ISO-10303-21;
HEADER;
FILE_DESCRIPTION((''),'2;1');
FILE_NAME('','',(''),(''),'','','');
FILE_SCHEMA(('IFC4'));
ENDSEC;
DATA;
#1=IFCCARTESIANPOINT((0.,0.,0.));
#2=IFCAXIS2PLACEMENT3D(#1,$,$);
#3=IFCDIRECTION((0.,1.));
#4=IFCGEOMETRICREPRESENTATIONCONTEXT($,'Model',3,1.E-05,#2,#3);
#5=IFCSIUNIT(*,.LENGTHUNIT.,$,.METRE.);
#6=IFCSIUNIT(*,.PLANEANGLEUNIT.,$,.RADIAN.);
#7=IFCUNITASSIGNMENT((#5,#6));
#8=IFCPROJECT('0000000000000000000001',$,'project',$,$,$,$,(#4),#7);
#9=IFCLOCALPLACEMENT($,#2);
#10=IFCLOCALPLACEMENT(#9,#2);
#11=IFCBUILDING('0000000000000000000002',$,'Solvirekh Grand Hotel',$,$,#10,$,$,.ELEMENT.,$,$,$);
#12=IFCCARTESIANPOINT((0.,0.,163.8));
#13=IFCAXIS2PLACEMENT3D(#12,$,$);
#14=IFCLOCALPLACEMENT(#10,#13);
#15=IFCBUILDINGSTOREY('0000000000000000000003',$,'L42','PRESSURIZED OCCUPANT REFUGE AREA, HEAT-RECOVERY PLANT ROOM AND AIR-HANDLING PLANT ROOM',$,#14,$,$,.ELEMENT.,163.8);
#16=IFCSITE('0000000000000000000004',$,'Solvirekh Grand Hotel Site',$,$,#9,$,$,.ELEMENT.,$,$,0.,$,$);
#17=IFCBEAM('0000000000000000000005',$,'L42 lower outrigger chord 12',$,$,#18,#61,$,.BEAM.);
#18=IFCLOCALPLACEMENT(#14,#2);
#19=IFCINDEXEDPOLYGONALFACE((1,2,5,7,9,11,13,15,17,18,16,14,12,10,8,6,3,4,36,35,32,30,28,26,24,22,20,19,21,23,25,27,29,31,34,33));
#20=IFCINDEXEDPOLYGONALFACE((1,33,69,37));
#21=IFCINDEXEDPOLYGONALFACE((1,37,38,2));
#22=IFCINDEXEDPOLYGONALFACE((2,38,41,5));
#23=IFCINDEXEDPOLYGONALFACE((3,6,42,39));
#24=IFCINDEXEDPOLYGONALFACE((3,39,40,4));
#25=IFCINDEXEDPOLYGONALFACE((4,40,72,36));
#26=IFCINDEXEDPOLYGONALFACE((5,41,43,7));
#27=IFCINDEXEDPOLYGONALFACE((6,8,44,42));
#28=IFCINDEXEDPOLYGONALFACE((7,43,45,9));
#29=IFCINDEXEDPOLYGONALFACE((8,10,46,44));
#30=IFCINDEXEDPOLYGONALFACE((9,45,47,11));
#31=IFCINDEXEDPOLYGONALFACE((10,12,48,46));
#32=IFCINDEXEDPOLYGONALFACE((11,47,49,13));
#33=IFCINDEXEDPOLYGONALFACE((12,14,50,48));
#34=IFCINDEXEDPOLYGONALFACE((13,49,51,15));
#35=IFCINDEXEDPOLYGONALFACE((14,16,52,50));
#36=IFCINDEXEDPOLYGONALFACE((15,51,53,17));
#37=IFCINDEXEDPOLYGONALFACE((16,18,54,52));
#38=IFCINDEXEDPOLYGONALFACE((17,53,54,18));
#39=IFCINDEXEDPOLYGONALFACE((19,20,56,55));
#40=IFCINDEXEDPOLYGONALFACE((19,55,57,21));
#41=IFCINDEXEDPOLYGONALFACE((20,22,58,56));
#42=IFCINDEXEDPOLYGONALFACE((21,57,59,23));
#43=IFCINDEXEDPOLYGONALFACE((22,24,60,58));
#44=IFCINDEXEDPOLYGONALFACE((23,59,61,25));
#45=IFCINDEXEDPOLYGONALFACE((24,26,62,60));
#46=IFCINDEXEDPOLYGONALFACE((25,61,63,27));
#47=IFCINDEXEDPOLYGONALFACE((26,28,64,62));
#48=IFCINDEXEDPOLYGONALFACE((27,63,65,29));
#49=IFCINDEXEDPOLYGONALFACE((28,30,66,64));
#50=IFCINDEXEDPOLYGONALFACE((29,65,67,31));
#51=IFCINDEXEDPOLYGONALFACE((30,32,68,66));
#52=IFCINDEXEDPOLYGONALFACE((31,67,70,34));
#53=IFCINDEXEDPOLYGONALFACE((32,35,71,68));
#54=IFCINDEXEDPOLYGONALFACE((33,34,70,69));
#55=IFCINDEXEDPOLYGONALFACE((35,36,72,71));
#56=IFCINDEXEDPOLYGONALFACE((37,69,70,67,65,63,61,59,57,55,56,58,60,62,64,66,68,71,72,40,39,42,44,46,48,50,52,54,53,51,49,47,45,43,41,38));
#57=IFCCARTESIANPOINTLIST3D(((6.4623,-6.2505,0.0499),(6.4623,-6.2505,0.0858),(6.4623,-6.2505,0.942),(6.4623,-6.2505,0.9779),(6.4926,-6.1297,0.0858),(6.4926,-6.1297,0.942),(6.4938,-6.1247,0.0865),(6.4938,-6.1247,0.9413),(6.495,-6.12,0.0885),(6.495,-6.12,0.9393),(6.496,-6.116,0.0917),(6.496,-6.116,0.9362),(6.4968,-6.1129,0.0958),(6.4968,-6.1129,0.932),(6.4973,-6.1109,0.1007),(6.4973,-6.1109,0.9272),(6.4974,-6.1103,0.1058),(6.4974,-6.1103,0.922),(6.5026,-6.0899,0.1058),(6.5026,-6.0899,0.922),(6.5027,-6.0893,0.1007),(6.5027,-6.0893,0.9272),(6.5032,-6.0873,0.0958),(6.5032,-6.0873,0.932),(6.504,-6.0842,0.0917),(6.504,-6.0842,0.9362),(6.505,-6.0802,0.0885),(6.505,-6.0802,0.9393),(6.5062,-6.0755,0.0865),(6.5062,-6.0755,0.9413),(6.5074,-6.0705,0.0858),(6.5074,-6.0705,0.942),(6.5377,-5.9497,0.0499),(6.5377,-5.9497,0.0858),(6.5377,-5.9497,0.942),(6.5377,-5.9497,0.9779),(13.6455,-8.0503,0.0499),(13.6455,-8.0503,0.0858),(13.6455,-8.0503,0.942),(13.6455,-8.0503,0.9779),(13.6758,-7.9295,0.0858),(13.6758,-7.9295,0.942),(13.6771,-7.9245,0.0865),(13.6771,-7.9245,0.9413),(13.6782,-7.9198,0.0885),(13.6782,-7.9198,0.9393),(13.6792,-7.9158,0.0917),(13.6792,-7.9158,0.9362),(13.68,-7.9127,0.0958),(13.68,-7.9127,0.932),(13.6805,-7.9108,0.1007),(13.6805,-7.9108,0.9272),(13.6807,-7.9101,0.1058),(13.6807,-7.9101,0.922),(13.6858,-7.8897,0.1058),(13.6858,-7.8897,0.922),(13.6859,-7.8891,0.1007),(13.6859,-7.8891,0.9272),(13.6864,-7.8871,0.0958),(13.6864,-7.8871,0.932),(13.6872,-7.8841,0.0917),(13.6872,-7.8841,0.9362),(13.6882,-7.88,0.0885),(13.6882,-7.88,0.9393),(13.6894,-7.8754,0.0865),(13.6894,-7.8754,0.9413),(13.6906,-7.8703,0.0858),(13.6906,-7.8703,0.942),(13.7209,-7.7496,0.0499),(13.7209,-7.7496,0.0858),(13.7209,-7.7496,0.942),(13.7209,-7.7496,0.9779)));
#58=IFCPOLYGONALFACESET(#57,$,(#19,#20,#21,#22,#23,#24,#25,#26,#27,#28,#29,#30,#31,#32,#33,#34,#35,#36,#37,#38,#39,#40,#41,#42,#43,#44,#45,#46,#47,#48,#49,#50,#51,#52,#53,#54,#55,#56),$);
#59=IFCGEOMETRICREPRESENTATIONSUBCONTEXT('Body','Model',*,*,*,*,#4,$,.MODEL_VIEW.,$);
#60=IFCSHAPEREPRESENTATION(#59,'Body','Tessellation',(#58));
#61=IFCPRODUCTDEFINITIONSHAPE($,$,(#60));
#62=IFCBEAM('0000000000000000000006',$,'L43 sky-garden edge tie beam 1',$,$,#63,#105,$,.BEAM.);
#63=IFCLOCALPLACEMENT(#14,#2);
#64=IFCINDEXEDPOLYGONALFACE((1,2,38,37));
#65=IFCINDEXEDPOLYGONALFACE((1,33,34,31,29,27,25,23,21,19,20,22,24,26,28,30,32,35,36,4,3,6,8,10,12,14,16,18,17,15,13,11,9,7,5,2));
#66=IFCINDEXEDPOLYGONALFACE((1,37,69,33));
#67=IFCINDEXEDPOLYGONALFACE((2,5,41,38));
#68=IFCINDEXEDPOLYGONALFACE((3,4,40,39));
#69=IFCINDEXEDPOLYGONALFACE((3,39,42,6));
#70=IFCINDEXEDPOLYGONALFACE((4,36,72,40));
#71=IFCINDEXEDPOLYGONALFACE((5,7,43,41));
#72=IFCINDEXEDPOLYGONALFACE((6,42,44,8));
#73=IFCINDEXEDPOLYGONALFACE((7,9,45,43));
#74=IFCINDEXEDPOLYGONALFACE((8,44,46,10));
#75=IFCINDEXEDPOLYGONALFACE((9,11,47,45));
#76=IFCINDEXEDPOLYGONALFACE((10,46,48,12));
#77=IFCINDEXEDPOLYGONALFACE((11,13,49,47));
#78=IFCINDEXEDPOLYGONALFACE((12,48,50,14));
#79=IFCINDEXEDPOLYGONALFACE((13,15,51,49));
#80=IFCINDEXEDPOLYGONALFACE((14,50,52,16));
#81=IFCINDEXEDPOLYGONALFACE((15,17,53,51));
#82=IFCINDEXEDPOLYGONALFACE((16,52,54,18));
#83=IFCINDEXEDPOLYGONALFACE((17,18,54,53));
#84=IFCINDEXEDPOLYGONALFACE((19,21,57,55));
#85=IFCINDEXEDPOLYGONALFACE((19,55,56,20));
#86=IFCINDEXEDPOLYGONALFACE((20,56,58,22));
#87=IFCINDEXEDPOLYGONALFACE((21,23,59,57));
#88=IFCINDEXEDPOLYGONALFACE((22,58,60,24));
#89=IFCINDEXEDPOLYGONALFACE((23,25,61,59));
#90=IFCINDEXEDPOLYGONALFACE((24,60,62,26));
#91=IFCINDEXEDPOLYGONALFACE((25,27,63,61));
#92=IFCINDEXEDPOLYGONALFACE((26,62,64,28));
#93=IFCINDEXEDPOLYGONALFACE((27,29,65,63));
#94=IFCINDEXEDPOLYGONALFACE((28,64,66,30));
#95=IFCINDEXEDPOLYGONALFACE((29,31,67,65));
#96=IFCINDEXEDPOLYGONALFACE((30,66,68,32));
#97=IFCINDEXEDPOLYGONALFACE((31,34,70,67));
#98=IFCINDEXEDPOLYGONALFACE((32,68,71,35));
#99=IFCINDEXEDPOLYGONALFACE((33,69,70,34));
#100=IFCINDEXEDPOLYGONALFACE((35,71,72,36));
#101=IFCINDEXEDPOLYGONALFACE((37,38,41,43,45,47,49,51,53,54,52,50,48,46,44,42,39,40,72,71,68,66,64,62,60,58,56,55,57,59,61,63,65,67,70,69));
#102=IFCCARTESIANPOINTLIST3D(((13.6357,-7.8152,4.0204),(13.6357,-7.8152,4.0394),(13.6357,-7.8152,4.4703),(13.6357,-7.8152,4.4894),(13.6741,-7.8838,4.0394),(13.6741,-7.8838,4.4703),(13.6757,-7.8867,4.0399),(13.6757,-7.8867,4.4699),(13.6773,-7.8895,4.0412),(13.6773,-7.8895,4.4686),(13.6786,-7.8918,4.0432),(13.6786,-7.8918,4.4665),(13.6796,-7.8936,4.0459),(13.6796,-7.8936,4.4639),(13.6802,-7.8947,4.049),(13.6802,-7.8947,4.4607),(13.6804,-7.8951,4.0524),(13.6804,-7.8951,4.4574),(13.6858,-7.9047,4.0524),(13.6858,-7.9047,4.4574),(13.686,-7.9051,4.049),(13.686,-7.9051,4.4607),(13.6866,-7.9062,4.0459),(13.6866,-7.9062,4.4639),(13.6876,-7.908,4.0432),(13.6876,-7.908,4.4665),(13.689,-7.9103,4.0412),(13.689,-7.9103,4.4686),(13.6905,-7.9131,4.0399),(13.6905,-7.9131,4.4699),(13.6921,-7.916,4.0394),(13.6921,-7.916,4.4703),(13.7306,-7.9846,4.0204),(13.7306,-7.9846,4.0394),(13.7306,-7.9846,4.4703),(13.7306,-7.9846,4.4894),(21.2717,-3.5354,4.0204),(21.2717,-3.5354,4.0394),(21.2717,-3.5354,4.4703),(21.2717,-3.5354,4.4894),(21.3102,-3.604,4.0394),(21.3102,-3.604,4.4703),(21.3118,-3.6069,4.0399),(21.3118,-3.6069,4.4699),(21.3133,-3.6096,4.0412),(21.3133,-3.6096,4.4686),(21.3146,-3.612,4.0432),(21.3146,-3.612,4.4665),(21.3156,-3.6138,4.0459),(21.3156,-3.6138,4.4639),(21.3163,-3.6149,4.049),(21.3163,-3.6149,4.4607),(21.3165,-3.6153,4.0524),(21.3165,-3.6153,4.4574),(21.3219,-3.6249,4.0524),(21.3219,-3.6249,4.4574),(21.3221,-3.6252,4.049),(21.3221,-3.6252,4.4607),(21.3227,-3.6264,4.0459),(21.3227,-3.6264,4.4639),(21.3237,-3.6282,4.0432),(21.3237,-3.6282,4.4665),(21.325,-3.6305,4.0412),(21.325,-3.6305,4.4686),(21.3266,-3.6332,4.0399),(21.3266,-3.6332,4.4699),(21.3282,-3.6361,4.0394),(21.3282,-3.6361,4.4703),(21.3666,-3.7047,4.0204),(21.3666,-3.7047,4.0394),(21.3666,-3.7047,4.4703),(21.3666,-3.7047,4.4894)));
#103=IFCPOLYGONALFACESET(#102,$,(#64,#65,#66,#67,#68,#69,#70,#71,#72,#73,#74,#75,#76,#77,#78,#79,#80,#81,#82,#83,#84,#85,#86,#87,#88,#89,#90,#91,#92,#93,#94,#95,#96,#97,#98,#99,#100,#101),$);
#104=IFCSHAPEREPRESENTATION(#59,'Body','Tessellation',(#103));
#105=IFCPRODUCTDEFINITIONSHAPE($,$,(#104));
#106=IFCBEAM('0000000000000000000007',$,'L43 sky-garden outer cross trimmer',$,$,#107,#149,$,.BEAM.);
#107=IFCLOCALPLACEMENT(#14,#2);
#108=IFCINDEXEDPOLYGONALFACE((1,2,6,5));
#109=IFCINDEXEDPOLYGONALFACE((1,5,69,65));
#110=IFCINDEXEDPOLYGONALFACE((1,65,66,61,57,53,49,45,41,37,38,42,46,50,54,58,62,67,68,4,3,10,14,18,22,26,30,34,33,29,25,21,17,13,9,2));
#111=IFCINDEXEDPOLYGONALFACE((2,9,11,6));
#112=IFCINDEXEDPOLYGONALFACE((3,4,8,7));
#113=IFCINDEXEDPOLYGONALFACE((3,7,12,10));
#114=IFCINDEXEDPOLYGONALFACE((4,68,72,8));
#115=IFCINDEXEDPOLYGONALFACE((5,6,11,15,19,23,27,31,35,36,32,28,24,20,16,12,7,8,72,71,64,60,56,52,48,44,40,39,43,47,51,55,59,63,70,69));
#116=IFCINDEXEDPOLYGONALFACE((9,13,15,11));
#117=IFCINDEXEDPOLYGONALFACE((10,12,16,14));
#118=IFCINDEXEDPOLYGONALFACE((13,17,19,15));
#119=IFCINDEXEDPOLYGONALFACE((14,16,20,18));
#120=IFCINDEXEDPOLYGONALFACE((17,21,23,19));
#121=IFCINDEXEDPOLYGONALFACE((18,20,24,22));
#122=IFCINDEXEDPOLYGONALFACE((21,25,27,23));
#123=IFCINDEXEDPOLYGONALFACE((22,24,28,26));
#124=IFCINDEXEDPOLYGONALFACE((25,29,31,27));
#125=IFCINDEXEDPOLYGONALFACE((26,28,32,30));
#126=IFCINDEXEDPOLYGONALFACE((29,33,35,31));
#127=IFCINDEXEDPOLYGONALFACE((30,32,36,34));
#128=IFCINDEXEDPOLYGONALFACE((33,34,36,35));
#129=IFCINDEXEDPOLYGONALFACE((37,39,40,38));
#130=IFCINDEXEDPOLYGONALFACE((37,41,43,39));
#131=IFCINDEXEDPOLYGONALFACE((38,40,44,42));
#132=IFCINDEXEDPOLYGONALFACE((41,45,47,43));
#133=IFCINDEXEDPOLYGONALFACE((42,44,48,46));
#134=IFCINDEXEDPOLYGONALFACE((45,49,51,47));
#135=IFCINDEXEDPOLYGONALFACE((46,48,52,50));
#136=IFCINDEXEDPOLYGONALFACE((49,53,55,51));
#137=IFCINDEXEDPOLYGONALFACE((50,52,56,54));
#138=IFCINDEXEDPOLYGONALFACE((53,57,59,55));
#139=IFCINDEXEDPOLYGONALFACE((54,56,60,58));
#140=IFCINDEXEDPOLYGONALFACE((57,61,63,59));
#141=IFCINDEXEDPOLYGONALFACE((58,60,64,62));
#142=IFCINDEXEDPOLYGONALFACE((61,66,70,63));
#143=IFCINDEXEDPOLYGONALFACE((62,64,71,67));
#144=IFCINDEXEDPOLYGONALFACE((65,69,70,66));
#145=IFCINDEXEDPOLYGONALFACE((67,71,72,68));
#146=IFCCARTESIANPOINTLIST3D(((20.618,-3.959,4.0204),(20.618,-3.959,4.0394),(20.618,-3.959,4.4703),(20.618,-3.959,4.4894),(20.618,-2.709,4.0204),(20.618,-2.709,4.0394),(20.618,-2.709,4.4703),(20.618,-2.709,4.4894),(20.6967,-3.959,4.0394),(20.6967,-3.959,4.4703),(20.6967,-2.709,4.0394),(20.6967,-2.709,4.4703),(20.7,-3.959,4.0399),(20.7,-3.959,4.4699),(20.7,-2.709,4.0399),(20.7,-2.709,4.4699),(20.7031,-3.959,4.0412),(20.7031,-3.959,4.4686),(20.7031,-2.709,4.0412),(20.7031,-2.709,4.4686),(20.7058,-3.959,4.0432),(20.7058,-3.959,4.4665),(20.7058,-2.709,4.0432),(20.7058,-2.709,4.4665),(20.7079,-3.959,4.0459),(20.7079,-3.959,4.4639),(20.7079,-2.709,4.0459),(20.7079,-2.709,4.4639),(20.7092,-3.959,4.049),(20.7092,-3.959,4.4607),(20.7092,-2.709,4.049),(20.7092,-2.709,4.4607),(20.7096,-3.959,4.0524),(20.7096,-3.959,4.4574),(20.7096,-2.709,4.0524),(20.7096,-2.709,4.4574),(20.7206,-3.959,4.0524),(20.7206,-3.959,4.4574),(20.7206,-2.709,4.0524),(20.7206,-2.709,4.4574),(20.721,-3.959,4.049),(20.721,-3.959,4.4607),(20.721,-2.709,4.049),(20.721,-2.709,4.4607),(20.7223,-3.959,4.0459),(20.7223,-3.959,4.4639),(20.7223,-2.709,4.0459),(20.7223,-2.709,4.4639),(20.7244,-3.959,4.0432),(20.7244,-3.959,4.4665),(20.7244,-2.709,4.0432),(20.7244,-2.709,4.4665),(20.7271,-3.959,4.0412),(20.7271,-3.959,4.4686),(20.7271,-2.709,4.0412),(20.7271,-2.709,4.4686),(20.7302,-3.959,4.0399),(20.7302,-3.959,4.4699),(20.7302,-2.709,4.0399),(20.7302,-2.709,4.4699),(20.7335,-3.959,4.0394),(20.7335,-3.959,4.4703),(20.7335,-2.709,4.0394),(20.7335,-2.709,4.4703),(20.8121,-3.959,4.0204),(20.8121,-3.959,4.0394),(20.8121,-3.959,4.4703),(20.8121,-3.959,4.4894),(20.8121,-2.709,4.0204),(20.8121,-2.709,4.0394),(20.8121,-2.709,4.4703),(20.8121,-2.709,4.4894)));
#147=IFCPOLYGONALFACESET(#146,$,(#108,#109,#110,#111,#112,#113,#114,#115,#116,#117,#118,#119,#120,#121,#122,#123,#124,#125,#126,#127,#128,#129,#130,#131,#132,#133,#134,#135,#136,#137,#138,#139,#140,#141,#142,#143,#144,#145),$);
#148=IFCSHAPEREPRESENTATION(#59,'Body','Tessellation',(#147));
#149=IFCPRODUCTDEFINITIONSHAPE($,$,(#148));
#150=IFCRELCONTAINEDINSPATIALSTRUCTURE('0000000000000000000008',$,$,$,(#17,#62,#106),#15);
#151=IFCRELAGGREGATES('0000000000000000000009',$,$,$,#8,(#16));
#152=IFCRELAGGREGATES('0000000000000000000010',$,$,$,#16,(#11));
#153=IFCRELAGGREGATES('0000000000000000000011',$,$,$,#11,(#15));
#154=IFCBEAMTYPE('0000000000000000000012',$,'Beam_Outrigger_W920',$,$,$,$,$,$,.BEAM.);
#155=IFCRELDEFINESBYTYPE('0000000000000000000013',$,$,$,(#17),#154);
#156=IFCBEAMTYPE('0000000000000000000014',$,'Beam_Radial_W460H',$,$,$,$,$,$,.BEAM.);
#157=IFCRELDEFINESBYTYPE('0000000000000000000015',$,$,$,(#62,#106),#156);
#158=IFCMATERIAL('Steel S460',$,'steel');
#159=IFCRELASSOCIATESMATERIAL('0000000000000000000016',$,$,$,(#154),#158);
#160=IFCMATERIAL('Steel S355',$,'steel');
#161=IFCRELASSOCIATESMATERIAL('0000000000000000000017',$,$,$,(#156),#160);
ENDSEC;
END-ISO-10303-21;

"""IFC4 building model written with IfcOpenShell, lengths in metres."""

from ifc_helpers import new_model, si_unit, direction, frame, origin, origin_2d, place, context, subcontext, project, spatial, i_section, extrude, material, material_profile, profile_set, type_object, element, save


model = new_model("IFC4")

# Units and contexts
model_context = context("Model", 3, precision=1e-05, world=origin(), true_north=direction((0.0, 1.0)))
body_context = subcontext(model_context, "Body", "Model", "MODEL_VIEW")
ifc_project = project(units=[si_unit("LENGTHUNIT", "METRE"), si_unit("PLANEANGLEUNIT", "RADIAN")], contexts=[model_context])

# Site, building, storey
site_placement = place(None, origin())
site = spatial("IfcSite", under=ifc_project, at=site_placement, Name="Solvirekh Grand Hotel Site", CompositionType="ELEMENT", RefElevation=0.0)
building_placement = place(site_placement, origin())
building = spatial("IfcBuilding", under=site, at=building_placement, Name="Solvirekh Grand Hotel", CompositionType="ELEMENT")
storey_placement = place(building_placement, frame((0.0, 0.0, 163.8)))
storey = spatial("IfcBuildingStorey", under=building, at=storey_placement, Name="L42", Description="PRESSURIZED OCCUPANT REFUGE AREA, HEAT-RECOVERY PLANT ROOM AND AIR-HANDLING PLANT ROOM", CompositionType="ELEMENT", Elevation=163.8)

# Beams
ifc_material_1 = material(Name="Steel S460", Category="steel")
ifc_material_profile_1 = material_profile(ifc_material_1, i_section(OverallWidth=0.3101, OverallDepth=0.928, WebThickness=0.021, FlangeThickness=0.0359, FilletRadius=0.02, at=origin_2d()), Name="W920X342")
ifc_profile_set_1 = profile_set([ifc_material_profile_1], Name="Steel S460")
beam_type_1 = type_object("IfcBeamType", Name="Beam_Outrigger_W920", PredefinedType="BEAM", material=ifc_profile_set_1)
beam_1_placement = place(storey_placement, frame((6.5, -6.1001, 0.5139), z_axis=(0.970014, -0.243048, 0.0), x_axis=(0.243048, 0.970014, 0.0)))
element("IfcBeam", 1, at=beam_1_placement, inside=storey, type_object=beam_type_1, Name="L42 lower outrigger chord 12", PredefinedType="BEAM", context=body_context, shape_type="SweptSolid", body=[
    extrude(i_section(OverallWidth=0.3101, OverallDepth=0.928, WebThickness=0.021, FlangeThickness=0.0359, FilletRadius=0.02, at=origin_2d()), origin(), (0.0, 0.0, 1.0), 7.4053),
])
ifc_material_2 = material(Name="Steel S355", Category="steel")
ifc_material_profile_2 = material_profile(ifc_material_2, i_section(OverallWidth=0.1941, OverallDepth=0.469, WebThickness=0.011, FlangeThickness=0.019, FilletRadius=0.0129, at=origin_2d()), Name="W460X106")
ifc_profile_set_2 = profile_set([ifc_material_profile_2], Name="Steel S355")
beam_type_2 = type_object("IfcBeamType", Name="Beam_Radial_W460H", PredefinedType="BEAM", material=ifc_profile_set_2)
beam_2_placement = place(storey_placement, frame((13.6831, -7.8999, 4.2549), z_axis=(0.872329, 0.488919, 0.0), x_axis=(-0.488919, 0.872329, 0.0)))
element("IfcBeam", 2, at=beam_2_placement, inside=storey, type_object=beam_type_2, Name="L43 sky-garden edge tie beam 1", PredefinedType="BEAM", context=body_context, shape_type="SweptSolid", body=[
    extrude(i_section(OverallWidth=0.1941, OverallDepth=0.469, WebThickness=0.011, FlangeThickness=0.019, FilletRadius=0.0129, at=origin_2d()), origin(), (0.0, 0.0, 1.0), 8.7537),
])
beam_3_placement = place(storey_placement, frame((20.7151, -3.959, 4.2549), z_axis=(0.0, 1.0, 0.0), x_axis=(-1.0, 0.0, 0.0)))
element("IfcBeam", 3, at=beam_3_placement, inside=storey, type_object=beam_type_2, Name="L43 sky-garden outer cross trimmer", PredefinedType="BEAM", context=body_context, shape_type="SweptSolid", body=[
    extrude(i_section(OverallWidth=0.1941, OverallDepth=0.469, WebThickness=0.011, FlangeThickness=0.019, FilletRadius=0.0129, at=origin_2d()), origin(), (0.0, 0.0, 1.0), 1.25),
])

save(model, "model.ifc")
